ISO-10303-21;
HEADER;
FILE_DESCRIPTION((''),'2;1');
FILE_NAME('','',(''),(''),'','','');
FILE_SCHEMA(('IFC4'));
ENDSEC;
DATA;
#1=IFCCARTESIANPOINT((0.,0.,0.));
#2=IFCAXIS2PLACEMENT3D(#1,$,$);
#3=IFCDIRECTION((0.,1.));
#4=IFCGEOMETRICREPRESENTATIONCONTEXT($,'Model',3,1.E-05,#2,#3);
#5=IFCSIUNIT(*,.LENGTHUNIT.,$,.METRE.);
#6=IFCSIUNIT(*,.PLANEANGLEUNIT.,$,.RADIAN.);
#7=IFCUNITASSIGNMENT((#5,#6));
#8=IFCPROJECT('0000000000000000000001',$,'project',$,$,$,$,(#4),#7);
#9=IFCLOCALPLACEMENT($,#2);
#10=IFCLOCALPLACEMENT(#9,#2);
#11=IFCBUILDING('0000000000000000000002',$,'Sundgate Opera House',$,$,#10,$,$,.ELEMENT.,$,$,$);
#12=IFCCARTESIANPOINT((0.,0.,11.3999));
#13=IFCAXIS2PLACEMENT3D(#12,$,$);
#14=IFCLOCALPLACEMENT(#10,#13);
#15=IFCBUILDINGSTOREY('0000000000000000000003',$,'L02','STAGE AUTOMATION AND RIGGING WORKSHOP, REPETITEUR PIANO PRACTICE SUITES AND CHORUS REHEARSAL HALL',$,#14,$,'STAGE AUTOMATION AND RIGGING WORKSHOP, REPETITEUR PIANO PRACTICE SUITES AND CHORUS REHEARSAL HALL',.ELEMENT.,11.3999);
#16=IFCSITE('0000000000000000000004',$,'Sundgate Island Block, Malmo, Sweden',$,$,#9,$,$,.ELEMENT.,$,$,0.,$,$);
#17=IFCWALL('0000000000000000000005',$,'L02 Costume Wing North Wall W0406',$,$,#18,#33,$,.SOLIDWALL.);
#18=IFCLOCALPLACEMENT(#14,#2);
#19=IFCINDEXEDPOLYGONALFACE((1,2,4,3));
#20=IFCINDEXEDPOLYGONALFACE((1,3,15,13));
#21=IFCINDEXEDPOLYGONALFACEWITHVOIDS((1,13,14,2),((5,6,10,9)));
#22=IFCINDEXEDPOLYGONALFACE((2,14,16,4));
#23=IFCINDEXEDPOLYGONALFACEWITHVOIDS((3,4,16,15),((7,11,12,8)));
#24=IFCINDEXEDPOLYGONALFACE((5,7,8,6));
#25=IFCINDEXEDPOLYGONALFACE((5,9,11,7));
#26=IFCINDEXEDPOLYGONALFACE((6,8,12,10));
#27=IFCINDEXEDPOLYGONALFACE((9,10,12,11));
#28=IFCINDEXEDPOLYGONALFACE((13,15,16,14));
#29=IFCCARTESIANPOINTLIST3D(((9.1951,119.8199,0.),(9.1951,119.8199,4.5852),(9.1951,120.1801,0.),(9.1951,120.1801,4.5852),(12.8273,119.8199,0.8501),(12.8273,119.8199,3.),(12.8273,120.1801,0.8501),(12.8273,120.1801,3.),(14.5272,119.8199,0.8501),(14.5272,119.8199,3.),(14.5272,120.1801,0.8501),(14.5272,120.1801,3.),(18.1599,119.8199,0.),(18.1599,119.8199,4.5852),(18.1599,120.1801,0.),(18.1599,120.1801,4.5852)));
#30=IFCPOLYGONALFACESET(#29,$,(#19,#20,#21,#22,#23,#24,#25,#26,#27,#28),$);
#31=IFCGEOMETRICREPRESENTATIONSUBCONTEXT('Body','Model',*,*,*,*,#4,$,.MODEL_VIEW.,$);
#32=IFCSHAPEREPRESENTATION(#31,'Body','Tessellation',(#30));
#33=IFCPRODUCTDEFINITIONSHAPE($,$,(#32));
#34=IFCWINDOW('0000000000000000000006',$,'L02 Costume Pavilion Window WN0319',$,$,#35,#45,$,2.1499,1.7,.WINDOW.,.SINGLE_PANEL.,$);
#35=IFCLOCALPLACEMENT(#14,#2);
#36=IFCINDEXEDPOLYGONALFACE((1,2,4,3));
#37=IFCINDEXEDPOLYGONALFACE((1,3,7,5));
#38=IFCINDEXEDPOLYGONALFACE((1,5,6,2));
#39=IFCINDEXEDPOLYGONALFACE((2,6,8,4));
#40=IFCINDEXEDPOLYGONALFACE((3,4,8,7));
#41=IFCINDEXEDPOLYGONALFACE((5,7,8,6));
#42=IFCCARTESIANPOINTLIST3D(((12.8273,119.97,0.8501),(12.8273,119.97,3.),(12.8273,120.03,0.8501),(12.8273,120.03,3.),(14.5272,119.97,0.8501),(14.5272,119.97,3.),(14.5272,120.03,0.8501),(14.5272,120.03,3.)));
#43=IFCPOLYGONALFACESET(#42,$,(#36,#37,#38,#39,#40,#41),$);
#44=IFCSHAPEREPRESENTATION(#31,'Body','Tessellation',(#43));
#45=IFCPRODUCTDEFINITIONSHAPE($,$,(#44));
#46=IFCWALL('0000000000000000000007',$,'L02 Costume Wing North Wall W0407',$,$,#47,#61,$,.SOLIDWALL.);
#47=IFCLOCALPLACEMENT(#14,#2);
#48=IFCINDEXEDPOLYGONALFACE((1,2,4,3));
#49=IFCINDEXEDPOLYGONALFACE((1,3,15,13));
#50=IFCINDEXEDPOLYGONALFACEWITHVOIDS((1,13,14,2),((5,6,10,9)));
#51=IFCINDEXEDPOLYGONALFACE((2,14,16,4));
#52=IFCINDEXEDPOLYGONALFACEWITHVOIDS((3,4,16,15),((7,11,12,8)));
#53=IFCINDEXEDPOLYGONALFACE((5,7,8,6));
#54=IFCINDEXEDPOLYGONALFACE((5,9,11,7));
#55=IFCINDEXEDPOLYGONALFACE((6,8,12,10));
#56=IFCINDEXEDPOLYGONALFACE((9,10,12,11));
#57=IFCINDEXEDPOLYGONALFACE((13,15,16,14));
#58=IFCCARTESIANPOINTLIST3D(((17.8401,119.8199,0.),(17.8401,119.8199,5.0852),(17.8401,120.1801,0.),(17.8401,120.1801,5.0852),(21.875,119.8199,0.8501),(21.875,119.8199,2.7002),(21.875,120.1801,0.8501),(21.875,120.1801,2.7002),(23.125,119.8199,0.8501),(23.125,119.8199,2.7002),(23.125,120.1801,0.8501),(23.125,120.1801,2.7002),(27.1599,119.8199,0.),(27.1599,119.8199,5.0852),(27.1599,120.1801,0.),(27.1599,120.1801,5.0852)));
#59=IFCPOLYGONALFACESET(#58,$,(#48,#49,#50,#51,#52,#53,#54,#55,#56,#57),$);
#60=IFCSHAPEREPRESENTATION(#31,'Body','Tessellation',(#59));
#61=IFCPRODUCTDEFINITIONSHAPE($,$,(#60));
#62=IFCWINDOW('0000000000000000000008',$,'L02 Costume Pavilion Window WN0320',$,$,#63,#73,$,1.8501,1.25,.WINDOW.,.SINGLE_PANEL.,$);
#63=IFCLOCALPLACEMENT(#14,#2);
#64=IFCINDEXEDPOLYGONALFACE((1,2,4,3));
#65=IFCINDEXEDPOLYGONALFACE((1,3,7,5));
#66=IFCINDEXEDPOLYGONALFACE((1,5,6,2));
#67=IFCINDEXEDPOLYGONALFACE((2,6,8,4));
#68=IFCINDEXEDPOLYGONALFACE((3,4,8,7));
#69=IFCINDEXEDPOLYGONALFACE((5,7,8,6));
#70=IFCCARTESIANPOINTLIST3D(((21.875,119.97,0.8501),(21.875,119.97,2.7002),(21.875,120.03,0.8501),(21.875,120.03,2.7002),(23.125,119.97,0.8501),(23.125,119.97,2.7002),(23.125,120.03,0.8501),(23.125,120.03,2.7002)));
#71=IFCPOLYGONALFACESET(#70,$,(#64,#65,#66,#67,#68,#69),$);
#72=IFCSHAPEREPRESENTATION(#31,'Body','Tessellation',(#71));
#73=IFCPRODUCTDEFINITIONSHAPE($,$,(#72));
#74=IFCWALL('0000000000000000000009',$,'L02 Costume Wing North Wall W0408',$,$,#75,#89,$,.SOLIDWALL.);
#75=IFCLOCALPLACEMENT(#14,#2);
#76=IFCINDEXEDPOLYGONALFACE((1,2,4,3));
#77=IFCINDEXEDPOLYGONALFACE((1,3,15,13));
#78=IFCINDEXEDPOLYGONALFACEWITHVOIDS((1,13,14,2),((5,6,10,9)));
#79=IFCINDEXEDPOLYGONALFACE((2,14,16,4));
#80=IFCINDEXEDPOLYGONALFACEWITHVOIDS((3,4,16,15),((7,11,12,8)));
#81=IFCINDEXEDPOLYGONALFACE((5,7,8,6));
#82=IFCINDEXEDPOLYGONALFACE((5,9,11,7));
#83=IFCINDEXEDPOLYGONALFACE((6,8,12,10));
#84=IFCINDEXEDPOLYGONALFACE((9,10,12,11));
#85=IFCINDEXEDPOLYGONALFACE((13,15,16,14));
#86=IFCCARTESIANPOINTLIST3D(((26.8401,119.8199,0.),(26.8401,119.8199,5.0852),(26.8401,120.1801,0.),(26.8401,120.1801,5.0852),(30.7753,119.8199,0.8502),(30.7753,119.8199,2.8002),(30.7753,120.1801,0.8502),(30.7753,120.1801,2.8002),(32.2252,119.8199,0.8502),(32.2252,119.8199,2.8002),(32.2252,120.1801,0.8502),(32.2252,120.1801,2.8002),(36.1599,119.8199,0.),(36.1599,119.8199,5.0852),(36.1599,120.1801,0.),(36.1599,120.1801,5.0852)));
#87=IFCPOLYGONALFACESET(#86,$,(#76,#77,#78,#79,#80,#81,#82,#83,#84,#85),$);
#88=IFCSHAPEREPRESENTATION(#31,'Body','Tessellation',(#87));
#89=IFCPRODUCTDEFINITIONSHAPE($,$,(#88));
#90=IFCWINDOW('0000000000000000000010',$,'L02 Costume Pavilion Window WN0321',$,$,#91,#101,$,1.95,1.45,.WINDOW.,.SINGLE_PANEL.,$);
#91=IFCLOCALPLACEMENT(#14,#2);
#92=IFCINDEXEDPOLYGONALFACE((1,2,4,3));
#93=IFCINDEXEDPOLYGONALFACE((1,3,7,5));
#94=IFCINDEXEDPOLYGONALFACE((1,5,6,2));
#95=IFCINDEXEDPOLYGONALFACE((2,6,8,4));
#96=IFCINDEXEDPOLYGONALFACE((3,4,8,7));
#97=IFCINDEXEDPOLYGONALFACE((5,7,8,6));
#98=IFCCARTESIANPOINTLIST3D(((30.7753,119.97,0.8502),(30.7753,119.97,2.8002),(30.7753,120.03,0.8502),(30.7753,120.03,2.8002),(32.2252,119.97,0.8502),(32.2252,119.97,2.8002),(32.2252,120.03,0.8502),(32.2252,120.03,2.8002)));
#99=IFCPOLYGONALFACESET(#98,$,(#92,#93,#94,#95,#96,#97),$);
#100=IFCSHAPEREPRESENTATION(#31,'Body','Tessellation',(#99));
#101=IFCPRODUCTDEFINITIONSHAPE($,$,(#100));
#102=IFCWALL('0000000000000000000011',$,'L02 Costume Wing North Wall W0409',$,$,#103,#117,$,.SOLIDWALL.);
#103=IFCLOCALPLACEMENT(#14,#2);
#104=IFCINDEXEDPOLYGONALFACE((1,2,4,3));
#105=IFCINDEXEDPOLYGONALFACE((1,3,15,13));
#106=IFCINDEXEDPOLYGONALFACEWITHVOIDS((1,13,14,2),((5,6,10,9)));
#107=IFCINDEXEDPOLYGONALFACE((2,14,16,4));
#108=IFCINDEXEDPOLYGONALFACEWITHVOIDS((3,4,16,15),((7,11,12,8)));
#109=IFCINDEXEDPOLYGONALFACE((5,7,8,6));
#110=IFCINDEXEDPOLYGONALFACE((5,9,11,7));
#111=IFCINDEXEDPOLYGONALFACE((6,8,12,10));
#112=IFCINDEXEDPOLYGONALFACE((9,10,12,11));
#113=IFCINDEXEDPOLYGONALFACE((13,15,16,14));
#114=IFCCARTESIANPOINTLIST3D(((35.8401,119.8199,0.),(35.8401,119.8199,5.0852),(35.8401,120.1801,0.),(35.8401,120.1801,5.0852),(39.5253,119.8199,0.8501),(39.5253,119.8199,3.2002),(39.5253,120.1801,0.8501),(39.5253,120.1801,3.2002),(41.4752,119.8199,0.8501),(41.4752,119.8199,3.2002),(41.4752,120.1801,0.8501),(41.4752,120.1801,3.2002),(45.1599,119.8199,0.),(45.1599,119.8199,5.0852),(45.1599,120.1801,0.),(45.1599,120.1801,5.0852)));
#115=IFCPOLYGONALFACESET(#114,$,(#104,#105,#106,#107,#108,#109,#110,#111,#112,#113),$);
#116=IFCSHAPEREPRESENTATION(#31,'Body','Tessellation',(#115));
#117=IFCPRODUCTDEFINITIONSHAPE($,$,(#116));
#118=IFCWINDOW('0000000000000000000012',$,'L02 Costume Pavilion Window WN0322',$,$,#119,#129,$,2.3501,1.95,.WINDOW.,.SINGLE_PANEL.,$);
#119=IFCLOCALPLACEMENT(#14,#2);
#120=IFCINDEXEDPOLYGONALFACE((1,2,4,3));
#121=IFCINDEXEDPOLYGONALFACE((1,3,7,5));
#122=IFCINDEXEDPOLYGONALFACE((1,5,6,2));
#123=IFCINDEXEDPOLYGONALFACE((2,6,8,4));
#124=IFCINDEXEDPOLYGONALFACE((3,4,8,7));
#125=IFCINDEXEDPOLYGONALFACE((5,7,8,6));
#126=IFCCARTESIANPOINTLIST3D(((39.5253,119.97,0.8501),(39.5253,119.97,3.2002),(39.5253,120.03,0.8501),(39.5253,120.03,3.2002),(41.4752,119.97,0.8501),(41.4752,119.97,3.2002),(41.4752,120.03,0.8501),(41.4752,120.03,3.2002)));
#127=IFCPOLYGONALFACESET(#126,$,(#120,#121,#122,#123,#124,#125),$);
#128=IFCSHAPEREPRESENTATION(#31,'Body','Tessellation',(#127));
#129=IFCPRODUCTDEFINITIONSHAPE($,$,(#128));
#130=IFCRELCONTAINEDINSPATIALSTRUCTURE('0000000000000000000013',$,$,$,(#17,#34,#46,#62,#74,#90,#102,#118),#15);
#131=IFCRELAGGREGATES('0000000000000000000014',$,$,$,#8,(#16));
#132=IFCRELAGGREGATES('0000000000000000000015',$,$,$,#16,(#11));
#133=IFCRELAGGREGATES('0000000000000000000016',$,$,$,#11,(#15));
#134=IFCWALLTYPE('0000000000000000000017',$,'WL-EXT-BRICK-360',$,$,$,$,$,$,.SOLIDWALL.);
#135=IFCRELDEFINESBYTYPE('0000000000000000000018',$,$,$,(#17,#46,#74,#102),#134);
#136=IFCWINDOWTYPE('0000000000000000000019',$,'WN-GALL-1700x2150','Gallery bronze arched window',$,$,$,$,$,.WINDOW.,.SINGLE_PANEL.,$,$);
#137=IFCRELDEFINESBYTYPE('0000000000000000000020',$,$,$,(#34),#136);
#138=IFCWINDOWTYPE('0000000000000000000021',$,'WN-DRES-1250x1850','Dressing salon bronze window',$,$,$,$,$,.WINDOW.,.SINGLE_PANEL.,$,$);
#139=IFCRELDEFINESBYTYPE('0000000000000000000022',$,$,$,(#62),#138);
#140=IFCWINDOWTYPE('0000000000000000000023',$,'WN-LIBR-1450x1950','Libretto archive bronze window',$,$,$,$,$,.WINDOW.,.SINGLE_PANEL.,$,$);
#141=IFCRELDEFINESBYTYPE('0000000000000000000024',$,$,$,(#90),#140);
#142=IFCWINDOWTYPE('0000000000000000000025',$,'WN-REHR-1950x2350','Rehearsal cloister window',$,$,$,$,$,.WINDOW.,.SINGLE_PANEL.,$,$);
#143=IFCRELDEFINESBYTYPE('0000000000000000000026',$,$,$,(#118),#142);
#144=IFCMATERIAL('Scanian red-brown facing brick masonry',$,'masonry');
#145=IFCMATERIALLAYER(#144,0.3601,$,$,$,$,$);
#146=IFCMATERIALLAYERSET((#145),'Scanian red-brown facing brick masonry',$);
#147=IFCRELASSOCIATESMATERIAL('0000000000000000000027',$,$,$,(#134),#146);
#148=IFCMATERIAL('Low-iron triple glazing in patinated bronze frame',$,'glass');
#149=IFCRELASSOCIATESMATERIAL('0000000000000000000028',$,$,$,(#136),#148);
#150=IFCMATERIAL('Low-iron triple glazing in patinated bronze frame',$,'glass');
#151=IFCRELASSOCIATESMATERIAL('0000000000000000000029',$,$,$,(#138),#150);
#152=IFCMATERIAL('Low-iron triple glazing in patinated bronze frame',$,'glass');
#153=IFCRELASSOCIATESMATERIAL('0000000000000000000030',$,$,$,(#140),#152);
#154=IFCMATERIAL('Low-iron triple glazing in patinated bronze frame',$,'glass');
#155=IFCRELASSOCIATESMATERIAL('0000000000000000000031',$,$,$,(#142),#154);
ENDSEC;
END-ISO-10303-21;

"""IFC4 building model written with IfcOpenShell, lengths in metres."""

from ifc_helpers import new_model, si_unit, direction, frame, frame_2d, origin, place, context, subcontext, project, spatial, rectangle, extrude, material, layer, layer_set, type_object, element, fill, save


model = new_model("IFC4")

# Units and contexts
model_context = context("Model", 3, precision=1e-05, world=origin(), true_north=direction((0.0, 1.0)))
body_context = subcontext(model_context, "Body", "Model", "MODEL_VIEW")
ifc_project = project(units=[si_unit("LENGTHUNIT", "METRE"), si_unit("PLANEANGLEUNIT", "RADIAN")], contexts=[model_context])

# Site, building, storey
site_placement = place(None, origin())
site = spatial("IfcSite", under=ifc_project, at=site_placement, Name="Sundgate Island Block, Malmo, Sweden", CompositionType="ELEMENT", RefElevation=0.0)
building_placement = place(site_placement, origin())
building = spatial("IfcBuilding", under=site, at=building_placement, Name="Sundgate Opera House", CompositionType="ELEMENT")
storey_placement = place(building_placement, frame((0.0, 0.0, 11.3999)))
storey = spatial("IfcBuildingStorey", under=building, at=storey_placement, Name="L02", Description="STAGE AUTOMATION AND RIGGING WORKSHOP, REPETITEUR PIANO PRACTICE SUITES AND CHORUS REHEARSAL HALL", LongName="STAGE AUTOMATION AND RIGGING WORKSHOP, REPETITEUR PIANO PRACTICE SUITES AND CHORUS REHEARSAL HALL", CompositionType="ELEMENT", Elevation=11.3999)

# Walls, openings, windows
ifc_material_1 = material(Name="Scanian red-brown facing brick masonry", Category="masonry")
ifc_layer = layer(ifc_material_1, 0.3601)
ifc_layer_set = layer_set([ifc_layer], Name="Scanian red-brown facing brick masonry")
wall_type = type_object("IfcWallType", Name="WL-EXT-BRICK-360", PredefinedType="SOLIDWALL", material=ifc_layer_set)
wall_1_placement = place(storey_placement, frame((9.1951, 120.0, 0.0), z_axis=(0.0, 0.0, 1.0), x_axis=(1.0, 0.0, 0.0)))
wall_1 = element("IfcWall", 1, at=wall_1_placement, inside=storey, type_object=wall_type, Name="L02 Costume Wing North Wall W0406", PredefinedType="SOLIDWALL", context=body_context, shape_type="SweptSolid", body=[
    extrude(rectangle(XDim=8.9648, YDim=0.3601, at=frame_2d((4.4824, 0.0))), origin(), (0.0, 0.0, 1.0), 4.5852),
])
opening_1_placement = place(wall_1_placement, frame((3.6321, 0.0, 0.8501)))
opening_1 = element("IfcOpeningElement", 2, at=opening_1_placement, cuts=wall_1, PredefinedType="OPENING", context=body_context, shape_type="SweptSolid", body=[
    extrude(rectangle(XDim=1.7, YDim=2.1499, at=frame_2d((0.8501, 1.075))), frame((0.0, 0.1899, 0.0), z_axis=(0.0, -1.0, 0.0), x_axis=(1.0, 0.0, 0.0)), (0.0, 0.0, 1.0), 0.3801),
])
ifc_material_2 = material(Name="Low-iron triple glazing in patinated bronze frame", Category="glass")
window_type_1 = type_object("IfcWindowType", Name="WN-GALL-1700x2150", Description="Gallery bronze arched window", PartitioningType="SINGLE_PANEL", PredefinedType="WINDOW", material=ifc_material_2)
window_1_placement = place(opening_1_placement, origin())
window_1 = element("IfcWindow", 3, at=window_1_placement, inside=storey, type_object=window_type_1, Name="L02 Costume Pavilion Window WN0319", OverallHeight=2.1499, OverallWidth=1.7, PartitioningType="SINGLE_PANEL", PredefinedType="WINDOW", context=body_context, shape_type="SweptSolid", body=[
    extrude(rectangle(XDim=1.7, YDim=2.1499, at=frame_2d((0.8501, 1.075))), frame((0.0, 0.03, 0.0), z_axis=(0.0, -1.0, 0.0), x_axis=(1.0, 0.0, 0.0)), (0.0, 0.0, 1.0), 0.0601),
])
fill(opening_1, window_1)
wall_2_placement = place(storey_placement, frame((17.8401, 120.0, 0.0), z_axis=(0.0, 0.0, 1.0), x_axis=(1.0, 0.0, 0.0)))
wall_2 = element("IfcWall", 4, at=wall_2_placement, inside=storey, type_object=wall_type, Name="L02 Costume Wing North Wall W0407", PredefinedType="SOLIDWALL", context=body_context, shape_type="SweptSolid", body=[
    extrude(rectangle(XDim=9.3198, YDim=0.3601, at=frame_2d((4.6599, 0.0))), origin(), (0.0, 0.0, 1.0), 5.0852),
])
opening_2_placement = place(wall_2_placement, frame((4.0349, 0.0, 0.8501)))
opening_2 = element("IfcOpeningElement", 5, at=opening_2_placement, cuts=wall_2, PredefinedType="OPENING", context=body_context, shape_type="SweptSolid", body=[
    extrude(rectangle(XDim=1.25, YDim=1.8501, at=frame_2d((0.625, 0.925))), frame((0.0, 0.1899, 0.0), z_axis=(0.0, -1.0, 0.0), x_axis=(1.0, 0.0, 0.0)), (0.0, 0.0, 1.0), 0.3801),
])
ifc_material_3 = material(Name="Low-iron triple glazing in patinated bronze frame", Category="glass")
window_type_2 = type_object("IfcWindowType", Name="WN-DRES-1250x1850", Description="Dressing salon bronze window", PartitioningType="SINGLE_PANEL", PredefinedType="WINDOW", material=ifc_material_3)
window_2_placement = place(opening_2_placement, origin())
window_2 = element("IfcWindow", 6, at=window_2_placement, inside=storey, type_object=window_type_2, Name="L02 Costume Pavilion Window WN0320", OverallHeight=1.8501, OverallWidth=1.25, PartitioningType="SINGLE_PANEL", PredefinedType="WINDOW", context=body_context, shape_type="SweptSolid", body=[
    extrude(rectangle(XDim=1.25, YDim=1.8501, at=frame_2d((0.625, 0.925))), frame((0.0, 0.03, 0.0), z_axis=(0.0, -1.0, 0.0), x_axis=(1.0, 0.0, 0.0)), (0.0, 0.0, 1.0), 0.0601),
])
fill(opening_2, window_2)
wall_3_placement = place(storey_placement, frame((26.8401, 120.0, 0.0), z_axis=(0.0, 0.0, 1.0), x_axis=(1.0, 0.0, 0.0)))
wall_3 = element("IfcWall", 7, at=wall_3_placement, inside=storey, type_object=wall_type, Name="L02 Costume Wing North Wall W0408", PredefinedType="SOLIDWALL", context=body_context, shape_type="SweptSolid", body=[
    extrude(rectangle(XDim=9.3198, YDim=0.3601, at=frame_2d((4.6599, 0.0))), origin(), (0.0, 0.0, 1.0), 5.0852),
])
opening_3_placement = place(wall_3_placement, frame((3.9351, 0.0, 0.8501)))
opening_3 = element("IfcOpeningElement", 8, at=opening_3_placement, cuts=wall_3, PredefinedType="OPENING", context=body_context, shape_type="SweptSolid", body=[
    extrude(rectangle(XDim=1.45, YDim=1.95, at=frame_2d((0.7251, 0.9751))), frame((0.0, 0.1899, 0.0), z_axis=(0.0, -1.0, 0.0), x_axis=(1.0, 0.0, 0.0)), (0.0, 0.0, 1.0), 0.3801),
])
ifc_material_4 = material(Name="Low-iron triple glazing in patinated bronze frame", Category="glass")
window_type_3 = type_object("IfcWindowType", Name="WN-LIBR-1450x1950", Description="Libretto archive bronze window", PartitioningType="SINGLE_PANEL", PredefinedType="WINDOW", material=ifc_material_4)
window_3_placement = place(opening_3_placement, origin())
window_3 = element("IfcWindow", 9, at=window_3_placement, inside=storey, type_object=window_type_3, Name="L02 Costume Pavilion Window WN0321", OverallHeight=1.95, OverallWidth=1.45, PartitioningType="SINGLE_PANEL", PredefinedType="WINDOW", context=body_context, shape_type="SweptSolid", body=[
    extrude(rectangle(XDim=1.45, YDim=1.95, at=frame_2d((0.7251, 0.9751))), frame((0.0, 0.03, 0.0), z_axis=(0.0, -1.0, 0.0), x_axis=(1.0, 0.0, 0.0)), (0.0, 0.0, 1.0), 0.0601),
])
fill(opening_3, window_3)
wall_4_placement = place(storey_placement, frame((35.8401, 120.0, 0.0), z_axis=(0.0, 0.0, 1.0), x_axis=(1.0, 0.0, 0.0)))
wall_4 = element("IfcWall", 10, at=wall_4_placement, inside=storey, type_object=wall_type, Name="L02 Costume Wing North Wall W0409", PredefinedType="SOLIDWALL", context=body_context, shape_type="SweptSolid", body=[
    extrude(rectangle(XDim=9.3198, YDim=0.3601, at=frame_2d((4.6599, 0.0))), origin(), (0.0, 0.0, 1.0), 5.0852),
])
opening_4_placement = place(wall_4_placement, frame((3.6851, 0.0, 0.8501)))
opening_4 = element("IfcOpeningElement", 11, at=opening_4_placement, cuts=wall_4, PredefinedType="OPENING", context=body_context, shape_type="SweptSolid", body=[
    extrude(rectangle(XDim=1.95, YDim=2.3501, at=frame_2d((0.9751, 1.175))), frame((0.0, 0.1899, 0.0), z_axis=(0.0, -1.0, 0.0), x_axis=(1.0, 0.0, 0.0)), (0.0, 0.0, 1.0), 0.3801),
])
ifc_material_5 = material(Name="Low-iron triple glazing in patinated bronze frame", Category="glass")
window_type_4 = type_object("IfcWindowType", Name="WN-REHR-1950x2350", Description="Rehearsal cloister window", PartitioningType="SINGLE_PANEL", PredefinedType="WINDOW", material=ifc_material_5)
window_4_placement = place(opening_4_placement, origin())
window_4 = element("IfcWindow", 12, at=window_4_placement, inside=storey, type_object=window_type_4, Name="L02 Costume Pavilion Window WN0322", OverallHeight=2.3501, OverallWidth=1.95, PartitioningType="SINGLE_PANEL", PredefinedType="WINDOW", context=body_context, shape_type="SweptSolid", body=[
    extrude(rectangle(XDim=1.95, YDim=2.3501, at=frame_2d((0.9751, 1.175))), frame((0.0, 0.03, 0.0), z_axis=(0.0, -1.0, 0.0), x_axis=(1.0, 0.0, 0.0)), (0.0, 0.0, 1.0), 0.0601),
])
fill(opening_4, window_4)

save(model, "model.ifc")
